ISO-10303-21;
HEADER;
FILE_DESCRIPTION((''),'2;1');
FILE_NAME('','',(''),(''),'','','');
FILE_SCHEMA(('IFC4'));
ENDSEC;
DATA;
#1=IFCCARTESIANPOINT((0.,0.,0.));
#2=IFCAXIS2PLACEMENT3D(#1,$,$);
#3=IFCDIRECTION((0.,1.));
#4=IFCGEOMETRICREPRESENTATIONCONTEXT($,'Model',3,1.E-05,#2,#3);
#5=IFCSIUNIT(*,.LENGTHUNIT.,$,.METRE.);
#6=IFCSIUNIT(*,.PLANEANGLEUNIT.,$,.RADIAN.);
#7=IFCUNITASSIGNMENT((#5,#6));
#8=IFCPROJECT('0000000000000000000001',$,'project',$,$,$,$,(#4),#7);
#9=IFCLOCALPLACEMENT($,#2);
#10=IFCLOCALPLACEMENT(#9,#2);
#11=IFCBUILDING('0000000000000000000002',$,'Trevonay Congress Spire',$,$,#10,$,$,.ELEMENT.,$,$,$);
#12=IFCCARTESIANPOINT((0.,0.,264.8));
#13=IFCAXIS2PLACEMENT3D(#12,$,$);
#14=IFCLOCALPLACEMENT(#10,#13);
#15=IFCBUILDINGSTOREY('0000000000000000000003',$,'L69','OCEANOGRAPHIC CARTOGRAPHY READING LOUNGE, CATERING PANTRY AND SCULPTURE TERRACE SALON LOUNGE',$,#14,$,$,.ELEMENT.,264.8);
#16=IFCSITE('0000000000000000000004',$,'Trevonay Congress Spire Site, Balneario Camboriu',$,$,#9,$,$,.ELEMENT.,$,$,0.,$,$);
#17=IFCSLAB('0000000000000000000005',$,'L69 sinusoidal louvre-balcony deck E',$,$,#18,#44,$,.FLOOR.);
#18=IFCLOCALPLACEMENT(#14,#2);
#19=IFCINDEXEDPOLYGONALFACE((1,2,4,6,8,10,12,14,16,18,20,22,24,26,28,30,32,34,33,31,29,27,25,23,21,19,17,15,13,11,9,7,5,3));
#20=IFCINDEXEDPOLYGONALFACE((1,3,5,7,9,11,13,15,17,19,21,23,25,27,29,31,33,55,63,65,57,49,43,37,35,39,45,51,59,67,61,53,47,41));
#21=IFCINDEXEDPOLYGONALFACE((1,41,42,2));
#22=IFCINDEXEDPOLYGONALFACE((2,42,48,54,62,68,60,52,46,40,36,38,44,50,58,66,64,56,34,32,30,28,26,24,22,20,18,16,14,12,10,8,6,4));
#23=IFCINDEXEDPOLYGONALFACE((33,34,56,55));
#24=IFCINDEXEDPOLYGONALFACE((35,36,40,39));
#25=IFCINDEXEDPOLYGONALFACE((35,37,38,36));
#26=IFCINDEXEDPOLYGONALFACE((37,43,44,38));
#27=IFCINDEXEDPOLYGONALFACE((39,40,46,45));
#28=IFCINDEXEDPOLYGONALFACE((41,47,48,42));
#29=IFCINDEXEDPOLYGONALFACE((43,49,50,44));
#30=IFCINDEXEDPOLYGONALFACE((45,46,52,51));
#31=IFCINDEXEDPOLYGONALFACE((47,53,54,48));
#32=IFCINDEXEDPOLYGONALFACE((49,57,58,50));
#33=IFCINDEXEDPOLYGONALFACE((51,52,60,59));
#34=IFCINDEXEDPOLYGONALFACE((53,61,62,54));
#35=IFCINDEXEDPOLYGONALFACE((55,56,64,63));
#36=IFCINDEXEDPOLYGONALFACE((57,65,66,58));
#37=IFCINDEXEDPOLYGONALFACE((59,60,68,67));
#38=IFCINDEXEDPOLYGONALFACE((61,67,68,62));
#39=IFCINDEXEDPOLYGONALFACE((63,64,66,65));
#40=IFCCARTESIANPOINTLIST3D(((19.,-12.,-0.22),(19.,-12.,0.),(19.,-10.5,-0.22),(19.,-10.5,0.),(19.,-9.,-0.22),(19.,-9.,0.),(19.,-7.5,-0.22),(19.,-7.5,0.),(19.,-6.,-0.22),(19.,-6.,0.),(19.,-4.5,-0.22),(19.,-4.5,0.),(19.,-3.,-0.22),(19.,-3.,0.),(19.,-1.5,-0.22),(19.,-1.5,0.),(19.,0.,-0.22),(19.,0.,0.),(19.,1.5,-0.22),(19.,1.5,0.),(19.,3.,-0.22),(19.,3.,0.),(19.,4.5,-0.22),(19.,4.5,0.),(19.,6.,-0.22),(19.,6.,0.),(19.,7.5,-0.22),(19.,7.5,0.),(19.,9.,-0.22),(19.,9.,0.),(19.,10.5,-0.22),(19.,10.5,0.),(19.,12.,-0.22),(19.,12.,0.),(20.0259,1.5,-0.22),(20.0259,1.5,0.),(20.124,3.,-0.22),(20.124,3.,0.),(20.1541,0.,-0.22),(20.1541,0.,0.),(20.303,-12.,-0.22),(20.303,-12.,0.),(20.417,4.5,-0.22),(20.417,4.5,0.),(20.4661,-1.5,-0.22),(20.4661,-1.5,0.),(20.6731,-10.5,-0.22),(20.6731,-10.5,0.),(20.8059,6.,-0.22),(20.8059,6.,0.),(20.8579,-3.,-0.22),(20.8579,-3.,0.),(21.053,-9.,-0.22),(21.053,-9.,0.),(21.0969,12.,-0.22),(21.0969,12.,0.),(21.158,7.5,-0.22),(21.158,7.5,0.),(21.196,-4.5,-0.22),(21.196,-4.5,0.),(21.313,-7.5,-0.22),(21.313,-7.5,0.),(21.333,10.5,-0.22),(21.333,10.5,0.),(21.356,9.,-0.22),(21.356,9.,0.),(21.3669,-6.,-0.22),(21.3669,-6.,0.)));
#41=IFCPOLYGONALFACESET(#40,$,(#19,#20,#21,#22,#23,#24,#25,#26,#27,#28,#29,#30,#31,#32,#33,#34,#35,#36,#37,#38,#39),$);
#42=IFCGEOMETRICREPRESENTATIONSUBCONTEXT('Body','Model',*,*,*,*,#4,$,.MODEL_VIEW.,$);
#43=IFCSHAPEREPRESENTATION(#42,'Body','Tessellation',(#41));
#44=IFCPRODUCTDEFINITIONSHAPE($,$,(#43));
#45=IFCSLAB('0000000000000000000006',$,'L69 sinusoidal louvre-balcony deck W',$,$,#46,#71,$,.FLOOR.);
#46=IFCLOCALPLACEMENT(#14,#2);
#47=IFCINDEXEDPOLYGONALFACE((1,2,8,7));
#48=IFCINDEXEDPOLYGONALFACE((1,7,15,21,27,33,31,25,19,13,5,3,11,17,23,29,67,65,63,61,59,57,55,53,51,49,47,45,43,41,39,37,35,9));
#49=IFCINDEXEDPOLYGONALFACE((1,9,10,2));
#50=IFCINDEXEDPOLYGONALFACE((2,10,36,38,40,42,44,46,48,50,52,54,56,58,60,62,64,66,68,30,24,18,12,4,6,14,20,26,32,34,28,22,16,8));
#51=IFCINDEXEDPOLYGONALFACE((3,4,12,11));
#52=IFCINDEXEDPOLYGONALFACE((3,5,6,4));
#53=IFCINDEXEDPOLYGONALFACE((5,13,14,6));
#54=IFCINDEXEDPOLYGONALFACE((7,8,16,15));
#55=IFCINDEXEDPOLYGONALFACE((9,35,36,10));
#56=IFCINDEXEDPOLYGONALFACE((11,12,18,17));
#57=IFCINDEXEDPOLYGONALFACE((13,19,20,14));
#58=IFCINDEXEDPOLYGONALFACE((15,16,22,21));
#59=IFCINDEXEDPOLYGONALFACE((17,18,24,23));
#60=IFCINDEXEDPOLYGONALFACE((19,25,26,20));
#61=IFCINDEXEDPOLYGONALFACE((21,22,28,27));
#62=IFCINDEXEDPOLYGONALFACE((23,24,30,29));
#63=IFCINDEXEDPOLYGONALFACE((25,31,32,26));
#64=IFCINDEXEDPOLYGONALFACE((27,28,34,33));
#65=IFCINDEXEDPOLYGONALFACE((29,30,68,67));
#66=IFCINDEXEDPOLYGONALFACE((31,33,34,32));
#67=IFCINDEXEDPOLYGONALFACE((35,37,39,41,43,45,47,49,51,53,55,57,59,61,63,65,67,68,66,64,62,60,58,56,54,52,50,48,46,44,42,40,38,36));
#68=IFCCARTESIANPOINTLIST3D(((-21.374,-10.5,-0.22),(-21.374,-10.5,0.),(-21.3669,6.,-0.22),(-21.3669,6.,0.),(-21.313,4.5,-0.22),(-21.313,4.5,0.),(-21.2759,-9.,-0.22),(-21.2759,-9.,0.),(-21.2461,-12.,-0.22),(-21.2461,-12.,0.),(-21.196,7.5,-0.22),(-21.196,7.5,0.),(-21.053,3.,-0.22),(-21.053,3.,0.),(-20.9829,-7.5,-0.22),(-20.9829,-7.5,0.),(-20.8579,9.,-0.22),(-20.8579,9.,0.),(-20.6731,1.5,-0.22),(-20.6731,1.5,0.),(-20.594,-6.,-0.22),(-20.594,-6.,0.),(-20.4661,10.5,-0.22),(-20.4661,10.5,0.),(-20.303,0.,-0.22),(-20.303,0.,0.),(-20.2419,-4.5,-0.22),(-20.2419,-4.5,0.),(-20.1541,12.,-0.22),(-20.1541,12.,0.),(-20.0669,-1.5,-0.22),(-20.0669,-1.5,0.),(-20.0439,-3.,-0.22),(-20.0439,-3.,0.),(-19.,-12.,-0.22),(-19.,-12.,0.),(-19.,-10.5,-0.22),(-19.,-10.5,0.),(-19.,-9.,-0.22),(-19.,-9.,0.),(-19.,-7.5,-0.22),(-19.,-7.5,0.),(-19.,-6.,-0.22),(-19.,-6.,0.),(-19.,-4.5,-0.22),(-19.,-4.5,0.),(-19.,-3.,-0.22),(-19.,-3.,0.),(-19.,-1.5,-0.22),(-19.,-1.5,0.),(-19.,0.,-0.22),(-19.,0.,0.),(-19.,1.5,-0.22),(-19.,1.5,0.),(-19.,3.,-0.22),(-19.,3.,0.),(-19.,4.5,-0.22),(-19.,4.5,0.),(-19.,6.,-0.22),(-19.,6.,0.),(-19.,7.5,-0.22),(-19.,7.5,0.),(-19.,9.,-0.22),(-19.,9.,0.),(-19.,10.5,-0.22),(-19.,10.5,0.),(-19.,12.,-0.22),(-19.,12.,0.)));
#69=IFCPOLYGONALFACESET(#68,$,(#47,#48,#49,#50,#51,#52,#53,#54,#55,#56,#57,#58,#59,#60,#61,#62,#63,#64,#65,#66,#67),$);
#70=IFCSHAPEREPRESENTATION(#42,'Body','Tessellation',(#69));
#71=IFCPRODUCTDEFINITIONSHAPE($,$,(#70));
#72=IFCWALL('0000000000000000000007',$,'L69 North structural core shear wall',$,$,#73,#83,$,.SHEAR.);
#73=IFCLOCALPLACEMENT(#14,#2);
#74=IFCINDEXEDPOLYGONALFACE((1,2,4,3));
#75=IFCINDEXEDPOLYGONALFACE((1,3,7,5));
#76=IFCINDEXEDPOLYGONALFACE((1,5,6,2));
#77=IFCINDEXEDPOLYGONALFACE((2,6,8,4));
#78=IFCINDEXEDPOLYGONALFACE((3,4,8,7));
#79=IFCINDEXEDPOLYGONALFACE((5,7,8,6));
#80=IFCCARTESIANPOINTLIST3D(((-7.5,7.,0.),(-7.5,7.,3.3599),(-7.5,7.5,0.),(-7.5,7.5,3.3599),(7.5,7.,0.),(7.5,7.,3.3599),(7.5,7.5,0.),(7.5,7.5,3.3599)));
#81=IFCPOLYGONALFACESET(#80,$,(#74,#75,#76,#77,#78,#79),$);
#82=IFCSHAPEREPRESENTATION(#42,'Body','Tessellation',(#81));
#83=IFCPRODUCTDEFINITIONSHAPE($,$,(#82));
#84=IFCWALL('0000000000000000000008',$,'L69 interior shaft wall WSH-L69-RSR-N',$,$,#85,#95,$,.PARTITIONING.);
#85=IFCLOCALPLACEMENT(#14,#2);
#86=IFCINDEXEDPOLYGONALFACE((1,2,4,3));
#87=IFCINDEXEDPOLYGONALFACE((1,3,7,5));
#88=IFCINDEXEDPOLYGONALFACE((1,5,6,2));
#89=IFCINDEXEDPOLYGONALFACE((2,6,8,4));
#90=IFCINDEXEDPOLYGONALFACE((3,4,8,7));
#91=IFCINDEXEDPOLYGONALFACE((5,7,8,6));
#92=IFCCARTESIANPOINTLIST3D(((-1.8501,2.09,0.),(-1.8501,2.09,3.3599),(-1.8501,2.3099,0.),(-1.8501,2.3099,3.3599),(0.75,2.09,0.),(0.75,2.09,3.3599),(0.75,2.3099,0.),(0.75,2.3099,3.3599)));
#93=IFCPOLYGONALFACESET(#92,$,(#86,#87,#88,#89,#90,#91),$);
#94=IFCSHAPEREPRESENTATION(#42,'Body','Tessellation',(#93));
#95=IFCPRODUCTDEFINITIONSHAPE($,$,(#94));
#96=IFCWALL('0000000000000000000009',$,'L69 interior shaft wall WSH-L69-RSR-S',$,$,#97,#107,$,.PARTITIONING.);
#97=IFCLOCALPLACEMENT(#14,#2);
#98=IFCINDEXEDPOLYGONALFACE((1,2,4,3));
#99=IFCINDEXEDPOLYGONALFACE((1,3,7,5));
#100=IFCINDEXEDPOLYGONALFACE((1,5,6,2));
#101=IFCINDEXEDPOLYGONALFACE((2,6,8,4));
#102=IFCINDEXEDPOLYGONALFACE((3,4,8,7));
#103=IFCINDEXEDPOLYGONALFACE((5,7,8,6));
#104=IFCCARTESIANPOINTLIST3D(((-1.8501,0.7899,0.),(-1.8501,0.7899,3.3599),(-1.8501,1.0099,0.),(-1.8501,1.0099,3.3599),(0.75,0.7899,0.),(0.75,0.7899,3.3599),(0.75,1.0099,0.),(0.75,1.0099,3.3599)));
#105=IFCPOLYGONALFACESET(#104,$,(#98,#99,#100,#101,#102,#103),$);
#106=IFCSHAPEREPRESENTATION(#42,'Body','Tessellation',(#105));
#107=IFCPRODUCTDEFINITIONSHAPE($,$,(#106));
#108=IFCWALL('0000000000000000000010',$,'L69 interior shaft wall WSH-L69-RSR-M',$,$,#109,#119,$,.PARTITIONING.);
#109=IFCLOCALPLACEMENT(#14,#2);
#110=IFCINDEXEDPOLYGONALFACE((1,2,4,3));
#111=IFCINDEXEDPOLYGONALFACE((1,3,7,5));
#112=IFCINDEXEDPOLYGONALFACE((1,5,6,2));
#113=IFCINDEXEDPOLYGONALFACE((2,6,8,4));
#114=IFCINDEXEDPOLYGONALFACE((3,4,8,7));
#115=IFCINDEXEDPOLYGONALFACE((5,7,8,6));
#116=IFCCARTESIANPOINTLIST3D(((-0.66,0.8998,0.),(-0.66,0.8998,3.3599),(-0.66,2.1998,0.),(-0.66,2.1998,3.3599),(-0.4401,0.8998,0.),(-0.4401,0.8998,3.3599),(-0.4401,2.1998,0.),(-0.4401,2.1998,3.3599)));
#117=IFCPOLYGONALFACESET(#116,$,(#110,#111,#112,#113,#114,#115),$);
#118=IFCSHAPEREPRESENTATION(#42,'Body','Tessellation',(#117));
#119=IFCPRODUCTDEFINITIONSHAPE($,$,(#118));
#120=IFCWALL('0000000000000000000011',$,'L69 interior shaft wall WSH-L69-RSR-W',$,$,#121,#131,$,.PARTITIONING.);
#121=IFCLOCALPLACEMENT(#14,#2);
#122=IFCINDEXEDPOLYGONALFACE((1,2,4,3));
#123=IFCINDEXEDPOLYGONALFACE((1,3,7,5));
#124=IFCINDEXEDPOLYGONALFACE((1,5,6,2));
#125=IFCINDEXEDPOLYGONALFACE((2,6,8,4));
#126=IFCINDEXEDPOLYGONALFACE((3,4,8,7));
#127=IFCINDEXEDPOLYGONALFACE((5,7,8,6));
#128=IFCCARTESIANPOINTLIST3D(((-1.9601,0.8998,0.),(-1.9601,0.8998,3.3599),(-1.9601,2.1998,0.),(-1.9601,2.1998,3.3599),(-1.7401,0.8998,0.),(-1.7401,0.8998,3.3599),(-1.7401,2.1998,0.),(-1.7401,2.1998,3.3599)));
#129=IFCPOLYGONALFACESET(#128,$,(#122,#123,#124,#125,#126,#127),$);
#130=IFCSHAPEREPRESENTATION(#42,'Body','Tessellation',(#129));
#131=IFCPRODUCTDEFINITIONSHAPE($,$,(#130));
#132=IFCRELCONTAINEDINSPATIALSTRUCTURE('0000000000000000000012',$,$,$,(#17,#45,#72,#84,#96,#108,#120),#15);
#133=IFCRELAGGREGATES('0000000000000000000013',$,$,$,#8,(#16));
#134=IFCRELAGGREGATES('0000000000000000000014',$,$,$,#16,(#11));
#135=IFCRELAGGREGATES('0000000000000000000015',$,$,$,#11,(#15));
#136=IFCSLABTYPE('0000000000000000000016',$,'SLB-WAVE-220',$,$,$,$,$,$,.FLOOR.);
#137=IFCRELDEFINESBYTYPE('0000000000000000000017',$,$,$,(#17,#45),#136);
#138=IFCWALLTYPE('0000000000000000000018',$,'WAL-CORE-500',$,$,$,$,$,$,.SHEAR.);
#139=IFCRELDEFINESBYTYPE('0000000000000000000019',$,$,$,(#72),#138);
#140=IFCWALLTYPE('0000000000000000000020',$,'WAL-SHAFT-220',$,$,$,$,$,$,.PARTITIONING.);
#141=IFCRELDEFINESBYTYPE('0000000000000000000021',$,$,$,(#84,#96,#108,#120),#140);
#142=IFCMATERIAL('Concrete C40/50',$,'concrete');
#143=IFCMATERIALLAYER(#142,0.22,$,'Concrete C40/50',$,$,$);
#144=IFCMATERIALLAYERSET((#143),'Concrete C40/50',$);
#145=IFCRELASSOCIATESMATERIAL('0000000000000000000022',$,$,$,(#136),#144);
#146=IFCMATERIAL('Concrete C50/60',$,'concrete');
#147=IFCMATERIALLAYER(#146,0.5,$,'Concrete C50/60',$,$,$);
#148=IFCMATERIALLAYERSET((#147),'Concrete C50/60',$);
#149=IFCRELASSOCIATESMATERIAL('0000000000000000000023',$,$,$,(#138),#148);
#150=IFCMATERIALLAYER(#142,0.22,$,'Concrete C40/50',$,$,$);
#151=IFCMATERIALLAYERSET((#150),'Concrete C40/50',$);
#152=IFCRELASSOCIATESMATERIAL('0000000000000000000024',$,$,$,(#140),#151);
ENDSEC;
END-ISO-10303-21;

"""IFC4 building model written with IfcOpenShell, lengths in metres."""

from ifc_helpers import new_model, si_unit, direction, frame, frame_2d, origin, place, context, subcontext, project, spatial, polyline, rectangle, outline, extrude, material, layer, layer_set, type_object, element, save


model = new_model("IFC4")

# Units and contexts
model_context = context("Model", 3, precision=1e-05, world=origin(), true_north=direction((0.0, 1.0)))
body_context = subcontext(model_context, "Body", "Model", "MODEL_VIEW")
ifc_project = project(units=[si_unit("LENGTHUNIT", "METRE"), si_unit("PLANEANGLEUNIT", "RADIAN")], contexts=[model_context])

# Site, building, storey
site_placement = place(None, origin())
site = spatial("IfcSite", under=ifc_project, at=site_placement, Name="Trevonay Congress Spire Site, Balneario Camboriu", CompositionType="ELEMENT", RefElevation=0.0)
building_placement = place(site_placement, origin())
building = spatial("IfcBuilding", under=site, at=building_placement, Name="Trevonay Congress Spire", CompositionType="ELEMENT")
storey_placement = place(building_placement, frame((0.0, 0.0, 264.8)))
storey = spatial("IfcBuildingStorey", under=building, at=storey_placement, Name="L69", Description="OCEANOGRAPHIC CARTOGRAPHY READING LOUNGE, CATERING PANTRY AND SCULPTURE TERRACE SALON LOUNGE", CompositionType="ELEMENT", Elevation=264.8)

# Slabs
ifc_material_1 = material(Name="Concrete C40/50", Category="concrete")
ifc_layer_1 = layer(ifc_material_1, 0.22, Name="Concrete C40/50")
ifc_layer_set_1 = layer_set([ifc_layer_1], Name="Concrete C40/50")
slab_type_1 = type_object("IfcSlabType", Name="SLB-WAVE-220", PredefinedType="FLOOR", material=ifc_layer_set_1)
slab_1_placement = place(storey_placement, frame((0.0, 0.0, -0.22)))
element("IfcSlab", 1, at=slab_1_placement, inside=storey, type_object=slab_type_1, Name="L69 sinusoidal louvre-balcony deck E", PredefinedType="FLOOR", context=body_context, shape_type="SweptSolid", body=[
    extrude(outline(polyline([(20.303, -12.0), (20.6731, -10.5), (21.053, -9.0), (21.313, -7.5), (21.3669, -6.0), (21.196, -4.5), (20.8579, -3.0), (20.4661, -1.5), (20.1541, 0.0), (20.0259, 1.5), (20.124, 3.0), (20.417, 4.5), (20.8059, 6.0), (21.158, 7.5), (21.356, 9.0), (21.333, 10.5), (21.0969, 12.0), (19.0, 12.0), (19.0, 10.5), (19.0, 9.0), (19.0, 7.5), (19.0, 6.0), (19.0, 4.5), (19.0, 3.0), (19.0, 1.5), (19.0, 0.0), (19.0, -1.5), (19.0, -3.0), (19.0, -4.5), (19.0, -6.0), (19.0, -7.5), (19.0, -9.0), (19.0, -10.5), (19.0, -12.0), (20.303, -12.0)])), origin(), (0.0, 0.0, 1.0), 0.22),
])
slab_2_placement = place(storey_placement, frame((0.0, 0.0, -0.22)))
element("IfcSlab", 2, at=slab_2_placement, inside=storey, type_object=slab_type_1, Name="L69 sinusoidal louvre-balcony deck W", PredefinedType="FLOOR", context=body_context, shape_type="SweptSolid", body=[
    extrude(outline(polyline([(-19.0, -12.0), (-19.0, -10.5), (-19.0, -9.0), (-19.0, -7.5), (-19.0, -6.0), (-19.0, -4.5), (-19.0, -3.0), (-19.0, -1.5), (-19.0, 0.0), (-19.0, 1.5), (-19.0, 3.0), (-19.0, 4.5), (-19.0, 6.0), (-19.0, 7.5), (-19.0, 9.0), (-19.0, 10.5), (-19.0, 12.0), (-20.1541, 12.0), (-20.4661, 10.5), (-20.8579, 9.0), (-21.196, 7.5), (-21.3669, 6.0), (-21.313, 4.5), (-21.053, 3.0), (-20.6731, 1.5), (-20.303, 0.0), (-20.0669, -1.5), (-20.0439, -3.0), (-20.2419, -4.5), (-20.594, -6.0), (-20.9829, -7.5), (-21.2759, -9.0), (-21.374, -10.5), (-21.2461, -12.0), (-19.0, -12.0)])), origin(), (0.0, 0.0, 1.0), 0.22),
])

# Walls
ifc_material_2 = material(Name="Concrete C50/60", Category="concrete")
ifc_layer_2 = layer(ifc_material_2, 0.5, Name="Concrete C50/60")
ifc_layer_set_2 = layer_set([ifc_layer_2], Name="Concrete C50/60")
wall_type_1 = type_object("IfcWallType", Name="WAL-CORE-500", PredefinedType="SHEAR", material=ifc_layer_set_2)
wall_1_placement = place(storey_placement, frame((-7.5, 7.25, 0.0), z_axis=(0.0, 0.0, 1.0), x_axis=(1.0, 0.0, 0.0)))
element("IfcWall", 3, at=wall_1_placement, inside=storey, type_object=wall_type_1, Name="L69 North structural core shear wall", PredefinedType="SHEAR", context=body_context, shape_type="SweptSolid", body=[
    extrude(rectangle(XDim=15.0, YDim=0.5, at=frame_2d((7.5, 0.0))), origin(), (0.0, 0.0, 1.0), 3.3599),
])
ifc_layer_3 = layer(ifc_material_1, 0.22, Name="Concrete C40/50")
ifc_layer_set_3 = layer_set([ifc_layer_3], Name="Concrete C40/50")
wall_type_2 = type_object("IfcWallType", Name="WAL-SHAFT-220", PredefinedType="PARTITIONING", material=ifc_layer_set_3)
for number, where, z_axis, x_axis, name in (
    (4, (-1.8501, 2.2, 0.0), (0.0, 0.0, 1.0), (1.0, 0.0, 0.0), "L69 interior shaft wall WSH-L69-RSR-N"),
    (5, (-1.8501, 0.8999, 0.0), (0.0, 0.0, 1.0), (1.0, 0.0, 0.0), "L69 interior shaft wall WSH-L69-RSR-S"),
):
    element("IfcWall", number, at=place(storey_placement, frame(where, z_axis=z_axis, x_axis=x_axis)), inside=storey, type_object=wall_type_2, Name=name, PredefinedType="PARTITIONING", context=body_context, shape_type="SweptSolid", body=[
        extrude(rectangle(XDim=2.6001, YDim=0.22, at=frame_2d((1.3, 0.0))), origin(), (0.0, 0.0, 1.0), 3.3599),
    ])
for number, where, z_axis, x_axis, name in (
    (6, (-0.55, 0.8999, 0.0), (0.0, 0.0, 1.0), (0.0, 1.0, 0.0), "L69 interior shaft wall WSH-L69-RSR-M"),
    (7, (-1.8501, 0.8999, 0.0), (0.0, 0.0, 1.0), (0.0, 1.0, 0.0), "L69 interior shaft wall WSH-L69-RSR-W"),
):
    element("IfcWall", number, at=place(storey_placement, frame(where, z_axis=z_axis, x_axis=x_axis)), inside=storey, type_object=wall_type_2, Name=name, PredefinedType="PARTITIONING", context=body_context, shape_type="SweptSolid", body=[
        extrude(rectangle(XDim=1.3, YDim=0.22, at=frame_2d((0.6499, 0.0))), origin(), (0.0, 0.0, 1.0), 3.3599),
    ])

save(model, "model.ifc")
